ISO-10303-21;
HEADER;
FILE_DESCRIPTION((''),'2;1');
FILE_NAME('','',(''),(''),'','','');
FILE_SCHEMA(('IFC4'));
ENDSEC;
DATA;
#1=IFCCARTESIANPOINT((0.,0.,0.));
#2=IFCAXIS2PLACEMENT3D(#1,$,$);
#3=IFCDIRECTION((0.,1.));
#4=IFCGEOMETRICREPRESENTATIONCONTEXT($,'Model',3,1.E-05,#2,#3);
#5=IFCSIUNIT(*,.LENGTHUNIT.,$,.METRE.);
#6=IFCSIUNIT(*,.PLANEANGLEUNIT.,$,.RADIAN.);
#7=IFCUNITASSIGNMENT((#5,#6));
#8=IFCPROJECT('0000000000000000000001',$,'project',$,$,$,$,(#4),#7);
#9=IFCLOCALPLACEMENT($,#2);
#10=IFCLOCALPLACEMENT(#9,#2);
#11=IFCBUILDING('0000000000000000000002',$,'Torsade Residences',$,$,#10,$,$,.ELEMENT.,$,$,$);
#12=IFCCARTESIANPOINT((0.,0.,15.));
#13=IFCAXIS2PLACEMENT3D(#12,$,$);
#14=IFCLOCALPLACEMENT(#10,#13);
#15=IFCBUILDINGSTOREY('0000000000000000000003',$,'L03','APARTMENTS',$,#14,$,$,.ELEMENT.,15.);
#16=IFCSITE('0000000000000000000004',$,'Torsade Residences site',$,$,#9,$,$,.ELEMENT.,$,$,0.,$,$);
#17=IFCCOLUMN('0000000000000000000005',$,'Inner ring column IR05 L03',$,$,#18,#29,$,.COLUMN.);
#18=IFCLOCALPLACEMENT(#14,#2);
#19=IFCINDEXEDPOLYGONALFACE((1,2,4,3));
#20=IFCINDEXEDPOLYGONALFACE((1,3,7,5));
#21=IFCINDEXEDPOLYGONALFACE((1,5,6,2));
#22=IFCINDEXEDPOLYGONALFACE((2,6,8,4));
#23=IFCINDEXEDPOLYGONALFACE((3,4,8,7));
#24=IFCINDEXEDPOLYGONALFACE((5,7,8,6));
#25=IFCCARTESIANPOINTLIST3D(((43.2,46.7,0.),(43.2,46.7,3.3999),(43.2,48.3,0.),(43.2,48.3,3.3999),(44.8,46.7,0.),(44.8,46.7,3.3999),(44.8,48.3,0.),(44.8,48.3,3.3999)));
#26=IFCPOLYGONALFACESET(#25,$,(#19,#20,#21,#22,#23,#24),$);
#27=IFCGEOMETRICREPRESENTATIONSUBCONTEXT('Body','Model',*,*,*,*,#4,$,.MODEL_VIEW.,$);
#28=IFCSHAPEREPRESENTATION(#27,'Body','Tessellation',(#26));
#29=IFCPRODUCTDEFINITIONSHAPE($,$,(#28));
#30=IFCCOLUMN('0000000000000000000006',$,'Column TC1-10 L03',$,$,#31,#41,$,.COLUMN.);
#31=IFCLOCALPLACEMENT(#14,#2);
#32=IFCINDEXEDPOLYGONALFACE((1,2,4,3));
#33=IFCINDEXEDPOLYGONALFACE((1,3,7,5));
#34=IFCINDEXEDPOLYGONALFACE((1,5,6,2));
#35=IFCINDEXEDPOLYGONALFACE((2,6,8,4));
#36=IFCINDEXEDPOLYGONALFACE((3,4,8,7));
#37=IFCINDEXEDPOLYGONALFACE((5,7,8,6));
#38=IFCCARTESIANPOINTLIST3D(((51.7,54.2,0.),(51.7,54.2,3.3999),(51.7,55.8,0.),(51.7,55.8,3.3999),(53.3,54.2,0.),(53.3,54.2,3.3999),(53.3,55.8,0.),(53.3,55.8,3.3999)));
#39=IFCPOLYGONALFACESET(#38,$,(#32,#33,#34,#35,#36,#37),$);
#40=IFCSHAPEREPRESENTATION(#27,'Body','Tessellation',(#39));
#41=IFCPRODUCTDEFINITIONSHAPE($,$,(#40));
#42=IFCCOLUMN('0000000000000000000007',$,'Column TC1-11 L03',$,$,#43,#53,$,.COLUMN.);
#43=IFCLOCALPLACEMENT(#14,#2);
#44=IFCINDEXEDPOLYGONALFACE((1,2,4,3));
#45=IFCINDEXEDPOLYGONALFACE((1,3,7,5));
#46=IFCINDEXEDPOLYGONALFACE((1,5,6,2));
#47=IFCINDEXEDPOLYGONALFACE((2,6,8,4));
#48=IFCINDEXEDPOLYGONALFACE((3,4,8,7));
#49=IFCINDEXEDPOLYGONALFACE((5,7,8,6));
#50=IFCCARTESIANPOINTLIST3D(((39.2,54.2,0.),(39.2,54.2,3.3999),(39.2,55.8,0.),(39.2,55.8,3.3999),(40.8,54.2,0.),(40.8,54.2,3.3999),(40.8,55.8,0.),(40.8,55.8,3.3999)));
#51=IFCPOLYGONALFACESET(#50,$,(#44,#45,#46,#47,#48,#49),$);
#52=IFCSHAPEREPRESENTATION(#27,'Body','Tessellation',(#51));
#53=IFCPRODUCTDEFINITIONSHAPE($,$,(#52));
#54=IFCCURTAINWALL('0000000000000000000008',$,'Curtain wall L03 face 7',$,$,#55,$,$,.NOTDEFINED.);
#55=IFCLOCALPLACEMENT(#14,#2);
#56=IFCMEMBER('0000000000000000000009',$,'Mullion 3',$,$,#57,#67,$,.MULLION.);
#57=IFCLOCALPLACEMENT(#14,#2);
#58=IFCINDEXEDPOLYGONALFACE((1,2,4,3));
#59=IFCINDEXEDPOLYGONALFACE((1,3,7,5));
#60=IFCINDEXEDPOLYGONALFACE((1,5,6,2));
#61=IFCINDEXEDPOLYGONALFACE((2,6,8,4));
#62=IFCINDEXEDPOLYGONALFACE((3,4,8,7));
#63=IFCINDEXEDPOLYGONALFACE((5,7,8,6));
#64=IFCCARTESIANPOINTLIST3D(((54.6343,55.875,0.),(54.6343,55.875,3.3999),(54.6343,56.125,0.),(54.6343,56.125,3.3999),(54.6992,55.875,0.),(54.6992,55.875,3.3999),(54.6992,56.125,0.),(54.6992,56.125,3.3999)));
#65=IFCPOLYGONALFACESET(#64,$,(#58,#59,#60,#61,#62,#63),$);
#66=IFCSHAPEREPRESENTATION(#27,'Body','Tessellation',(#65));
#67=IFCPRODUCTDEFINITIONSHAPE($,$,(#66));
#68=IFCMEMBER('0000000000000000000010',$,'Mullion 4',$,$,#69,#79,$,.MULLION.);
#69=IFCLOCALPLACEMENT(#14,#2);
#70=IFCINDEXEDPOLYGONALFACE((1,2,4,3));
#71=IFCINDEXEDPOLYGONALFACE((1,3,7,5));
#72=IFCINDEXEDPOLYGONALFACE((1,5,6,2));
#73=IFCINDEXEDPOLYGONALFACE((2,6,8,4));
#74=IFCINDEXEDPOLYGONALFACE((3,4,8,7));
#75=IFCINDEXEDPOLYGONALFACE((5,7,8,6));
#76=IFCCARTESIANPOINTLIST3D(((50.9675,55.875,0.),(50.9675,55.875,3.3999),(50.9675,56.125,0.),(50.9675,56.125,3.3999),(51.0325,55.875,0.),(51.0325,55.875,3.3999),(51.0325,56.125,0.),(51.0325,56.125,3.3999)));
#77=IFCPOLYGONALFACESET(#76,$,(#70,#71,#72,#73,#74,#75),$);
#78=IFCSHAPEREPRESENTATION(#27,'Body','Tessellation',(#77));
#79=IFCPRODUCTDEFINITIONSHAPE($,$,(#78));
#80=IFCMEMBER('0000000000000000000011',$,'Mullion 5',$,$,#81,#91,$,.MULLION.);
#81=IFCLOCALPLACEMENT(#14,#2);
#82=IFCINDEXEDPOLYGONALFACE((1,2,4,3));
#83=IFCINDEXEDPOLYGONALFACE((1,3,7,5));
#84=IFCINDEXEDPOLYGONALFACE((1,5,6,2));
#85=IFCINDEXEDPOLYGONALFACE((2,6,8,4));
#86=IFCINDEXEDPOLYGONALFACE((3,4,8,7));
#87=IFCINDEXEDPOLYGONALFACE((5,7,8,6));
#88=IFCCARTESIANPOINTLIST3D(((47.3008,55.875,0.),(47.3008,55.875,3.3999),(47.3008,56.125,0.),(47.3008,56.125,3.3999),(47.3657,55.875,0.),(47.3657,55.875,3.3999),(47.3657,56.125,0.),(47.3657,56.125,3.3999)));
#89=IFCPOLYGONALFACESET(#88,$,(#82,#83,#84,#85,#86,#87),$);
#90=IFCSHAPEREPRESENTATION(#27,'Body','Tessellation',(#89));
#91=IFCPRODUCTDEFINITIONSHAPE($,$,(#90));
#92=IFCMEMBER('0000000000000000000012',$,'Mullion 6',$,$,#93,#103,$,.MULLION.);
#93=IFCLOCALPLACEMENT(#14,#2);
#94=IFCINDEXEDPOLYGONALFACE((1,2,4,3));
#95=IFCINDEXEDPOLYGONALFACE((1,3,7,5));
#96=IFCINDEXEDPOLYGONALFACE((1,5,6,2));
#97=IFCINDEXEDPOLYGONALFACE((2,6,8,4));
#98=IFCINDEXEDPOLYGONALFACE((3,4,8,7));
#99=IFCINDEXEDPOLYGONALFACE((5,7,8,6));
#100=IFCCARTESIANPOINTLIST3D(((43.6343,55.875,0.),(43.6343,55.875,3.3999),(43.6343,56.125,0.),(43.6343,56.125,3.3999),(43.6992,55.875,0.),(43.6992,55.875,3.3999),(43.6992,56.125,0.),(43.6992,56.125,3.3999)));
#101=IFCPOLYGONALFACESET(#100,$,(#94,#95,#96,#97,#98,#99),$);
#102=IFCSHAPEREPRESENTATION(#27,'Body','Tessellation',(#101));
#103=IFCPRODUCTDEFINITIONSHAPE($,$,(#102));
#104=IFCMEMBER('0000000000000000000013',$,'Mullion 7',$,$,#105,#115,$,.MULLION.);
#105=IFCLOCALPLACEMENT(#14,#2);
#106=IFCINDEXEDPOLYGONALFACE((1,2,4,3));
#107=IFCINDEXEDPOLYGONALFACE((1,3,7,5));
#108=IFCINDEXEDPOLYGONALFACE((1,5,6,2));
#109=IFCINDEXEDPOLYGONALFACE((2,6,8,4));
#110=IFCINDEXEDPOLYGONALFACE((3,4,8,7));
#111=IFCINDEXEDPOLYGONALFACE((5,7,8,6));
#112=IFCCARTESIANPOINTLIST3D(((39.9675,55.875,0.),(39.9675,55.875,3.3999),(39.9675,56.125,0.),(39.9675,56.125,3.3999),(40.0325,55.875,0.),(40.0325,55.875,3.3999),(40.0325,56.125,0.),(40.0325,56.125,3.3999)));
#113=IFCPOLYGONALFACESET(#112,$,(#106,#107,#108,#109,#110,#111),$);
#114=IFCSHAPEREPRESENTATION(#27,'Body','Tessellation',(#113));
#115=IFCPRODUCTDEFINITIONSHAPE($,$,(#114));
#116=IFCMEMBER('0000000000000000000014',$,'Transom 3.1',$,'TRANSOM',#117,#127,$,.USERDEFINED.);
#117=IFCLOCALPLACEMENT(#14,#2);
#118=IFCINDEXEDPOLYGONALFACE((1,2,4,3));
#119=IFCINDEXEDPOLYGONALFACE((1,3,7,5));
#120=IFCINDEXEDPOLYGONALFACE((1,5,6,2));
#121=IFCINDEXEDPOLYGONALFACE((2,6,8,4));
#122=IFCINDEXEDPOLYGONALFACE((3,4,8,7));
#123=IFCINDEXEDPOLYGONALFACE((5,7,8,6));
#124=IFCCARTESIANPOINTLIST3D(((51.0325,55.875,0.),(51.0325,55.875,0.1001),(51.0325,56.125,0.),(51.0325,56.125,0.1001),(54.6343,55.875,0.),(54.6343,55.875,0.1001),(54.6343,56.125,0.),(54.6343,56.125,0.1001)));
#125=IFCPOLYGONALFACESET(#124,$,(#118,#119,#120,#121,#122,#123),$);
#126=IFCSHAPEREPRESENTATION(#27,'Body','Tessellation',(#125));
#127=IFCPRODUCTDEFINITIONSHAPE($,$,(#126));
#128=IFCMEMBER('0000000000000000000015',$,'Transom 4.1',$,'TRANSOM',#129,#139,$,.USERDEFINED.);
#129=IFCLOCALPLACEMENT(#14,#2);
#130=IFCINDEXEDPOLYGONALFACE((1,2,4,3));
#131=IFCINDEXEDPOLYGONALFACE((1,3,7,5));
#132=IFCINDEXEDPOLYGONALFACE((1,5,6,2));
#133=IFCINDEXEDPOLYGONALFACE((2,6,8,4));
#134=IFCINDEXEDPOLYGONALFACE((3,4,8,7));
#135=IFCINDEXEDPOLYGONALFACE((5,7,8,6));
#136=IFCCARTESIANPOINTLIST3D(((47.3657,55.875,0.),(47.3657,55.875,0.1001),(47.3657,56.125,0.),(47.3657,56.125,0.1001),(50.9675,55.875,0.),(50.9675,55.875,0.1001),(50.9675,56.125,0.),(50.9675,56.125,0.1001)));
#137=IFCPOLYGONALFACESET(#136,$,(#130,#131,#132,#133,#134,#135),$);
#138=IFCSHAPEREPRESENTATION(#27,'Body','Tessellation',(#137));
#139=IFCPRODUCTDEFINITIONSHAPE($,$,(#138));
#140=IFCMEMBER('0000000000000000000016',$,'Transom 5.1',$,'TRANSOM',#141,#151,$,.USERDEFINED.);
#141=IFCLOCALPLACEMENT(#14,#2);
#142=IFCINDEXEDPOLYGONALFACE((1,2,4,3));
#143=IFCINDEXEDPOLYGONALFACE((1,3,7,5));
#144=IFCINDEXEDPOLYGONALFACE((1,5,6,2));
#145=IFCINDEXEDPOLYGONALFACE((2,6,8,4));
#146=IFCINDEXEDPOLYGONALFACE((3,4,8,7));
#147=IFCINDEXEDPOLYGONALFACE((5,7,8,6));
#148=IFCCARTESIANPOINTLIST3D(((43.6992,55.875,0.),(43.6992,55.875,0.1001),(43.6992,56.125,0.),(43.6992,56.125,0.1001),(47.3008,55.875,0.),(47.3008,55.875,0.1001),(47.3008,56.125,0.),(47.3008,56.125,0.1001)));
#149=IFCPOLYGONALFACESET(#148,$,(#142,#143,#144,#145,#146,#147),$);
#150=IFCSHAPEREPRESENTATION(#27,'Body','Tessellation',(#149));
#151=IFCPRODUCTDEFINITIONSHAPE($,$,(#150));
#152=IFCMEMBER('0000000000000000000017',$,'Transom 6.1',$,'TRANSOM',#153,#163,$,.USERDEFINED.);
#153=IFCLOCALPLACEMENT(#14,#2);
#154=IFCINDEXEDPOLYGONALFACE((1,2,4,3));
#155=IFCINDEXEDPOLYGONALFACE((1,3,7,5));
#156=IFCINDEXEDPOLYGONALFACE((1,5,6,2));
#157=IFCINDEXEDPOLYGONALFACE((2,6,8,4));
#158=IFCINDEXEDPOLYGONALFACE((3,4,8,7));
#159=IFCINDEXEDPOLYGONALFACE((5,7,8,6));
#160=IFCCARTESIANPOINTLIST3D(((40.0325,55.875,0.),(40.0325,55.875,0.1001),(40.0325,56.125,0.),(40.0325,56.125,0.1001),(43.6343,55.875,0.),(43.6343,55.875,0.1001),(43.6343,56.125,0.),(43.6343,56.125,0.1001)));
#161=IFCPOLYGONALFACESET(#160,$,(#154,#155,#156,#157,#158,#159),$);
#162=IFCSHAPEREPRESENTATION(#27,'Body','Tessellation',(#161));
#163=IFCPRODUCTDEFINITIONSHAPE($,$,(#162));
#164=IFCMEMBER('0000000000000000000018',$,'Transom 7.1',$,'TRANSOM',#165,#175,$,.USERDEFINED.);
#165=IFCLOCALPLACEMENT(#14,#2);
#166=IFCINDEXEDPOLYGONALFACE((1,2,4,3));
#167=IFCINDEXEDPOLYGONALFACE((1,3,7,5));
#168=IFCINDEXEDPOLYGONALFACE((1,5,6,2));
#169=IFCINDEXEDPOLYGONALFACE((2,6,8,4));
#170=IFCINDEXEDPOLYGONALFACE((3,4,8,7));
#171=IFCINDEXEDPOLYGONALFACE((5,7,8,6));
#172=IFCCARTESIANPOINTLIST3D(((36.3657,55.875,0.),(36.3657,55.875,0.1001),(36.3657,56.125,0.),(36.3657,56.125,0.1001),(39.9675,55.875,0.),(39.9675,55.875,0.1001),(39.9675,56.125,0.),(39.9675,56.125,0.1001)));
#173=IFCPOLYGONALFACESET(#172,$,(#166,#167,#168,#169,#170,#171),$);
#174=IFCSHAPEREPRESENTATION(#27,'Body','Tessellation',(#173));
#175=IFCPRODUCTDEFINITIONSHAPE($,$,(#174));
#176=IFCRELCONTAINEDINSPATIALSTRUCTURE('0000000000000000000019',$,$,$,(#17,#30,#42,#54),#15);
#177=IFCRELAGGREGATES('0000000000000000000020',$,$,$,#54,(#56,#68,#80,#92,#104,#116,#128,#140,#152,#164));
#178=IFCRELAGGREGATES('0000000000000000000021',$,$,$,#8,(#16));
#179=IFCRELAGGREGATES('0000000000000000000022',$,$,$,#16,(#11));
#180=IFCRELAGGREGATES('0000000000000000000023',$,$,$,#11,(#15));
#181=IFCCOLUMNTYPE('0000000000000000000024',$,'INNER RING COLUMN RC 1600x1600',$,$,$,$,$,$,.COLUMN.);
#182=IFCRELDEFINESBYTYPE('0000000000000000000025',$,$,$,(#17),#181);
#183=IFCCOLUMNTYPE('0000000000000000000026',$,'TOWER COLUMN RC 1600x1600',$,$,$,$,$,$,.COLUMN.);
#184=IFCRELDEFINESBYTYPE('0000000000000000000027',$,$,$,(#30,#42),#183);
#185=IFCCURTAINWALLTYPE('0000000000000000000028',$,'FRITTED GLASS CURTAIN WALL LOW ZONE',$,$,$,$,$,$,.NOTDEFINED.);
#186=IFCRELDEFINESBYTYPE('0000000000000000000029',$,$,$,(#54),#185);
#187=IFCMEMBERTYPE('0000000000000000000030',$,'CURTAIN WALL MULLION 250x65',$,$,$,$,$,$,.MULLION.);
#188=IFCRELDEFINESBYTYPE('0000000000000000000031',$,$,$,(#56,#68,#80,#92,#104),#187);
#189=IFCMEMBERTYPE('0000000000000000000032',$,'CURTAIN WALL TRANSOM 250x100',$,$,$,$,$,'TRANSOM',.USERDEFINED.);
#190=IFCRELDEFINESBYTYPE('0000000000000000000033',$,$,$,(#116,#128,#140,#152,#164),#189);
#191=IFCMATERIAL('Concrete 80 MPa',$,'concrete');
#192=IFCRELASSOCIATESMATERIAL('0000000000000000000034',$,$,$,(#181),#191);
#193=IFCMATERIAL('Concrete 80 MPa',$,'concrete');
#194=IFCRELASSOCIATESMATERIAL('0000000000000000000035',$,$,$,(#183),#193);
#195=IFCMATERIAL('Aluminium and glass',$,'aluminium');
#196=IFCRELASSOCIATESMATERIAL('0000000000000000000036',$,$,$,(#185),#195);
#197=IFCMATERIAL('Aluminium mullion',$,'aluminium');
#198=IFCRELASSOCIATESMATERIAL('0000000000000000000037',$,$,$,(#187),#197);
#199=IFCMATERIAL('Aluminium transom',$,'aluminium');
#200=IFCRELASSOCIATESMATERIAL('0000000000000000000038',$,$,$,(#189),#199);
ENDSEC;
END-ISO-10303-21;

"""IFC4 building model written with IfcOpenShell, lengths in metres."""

from ifc_helpers import new_model, si_unit, direction, frame, origin, origin_2d, place, context, subcontext, project, spatial, rectangle, extrude, material, material_profile, profile_set, type_object, element, aggregate, save


model = new_model("IFC4")

# Units and contexts
model_context = context("Model", 3, precision=1e-05, world=origin(), true_north=direction((0.0, 1.0)))
body_context = subcontext(model_context, "Body", "Model", "MODEL_VIEW")
ifc_project = project(units=[si_unit("LENGTHUNIT", "METRE"), si_unit("PLANEANGLEUNIT", "RADIAN")], contexts=[model_context])

# Site, building, storey
site_placement = place(None, origin())
site = spatial("IfcSite", under=ifc_project, at=site_placement, Name="Torsade Residences site", CompositionType="ELEMENT", RefElevation=0.0)
building_placement = place(site_placement, origin())
building = spatial("IfcBuilding", under=site, at=building_placement, Name="Torsade Residences", CompositionType="ELEMENT")
storey_placement = place(building_placement, frame((0.0, 0.0, 15.0)))
storey = spatial("IfcBuildingStorey", under=building, at=storey_placement, Name="L03", Description="APARTMENTS", CompositionType="ELEMENT", Elevation=15.0)

# Columns
ifc_material_1 = material(Name="Concrete 80 MPa", Category="concrete")
ifc_material_profile_1 = material_profile(ifc_material_1, rectangle(XDim=1.6001, YDim=1.6001, at=origin_2d()), Name="RC 1600x1600")
ifc_profile_set_1 = profile_set([ifc_material_profile_1], Name="Concrete 80 MPa")
column_type_1 = type_object("IfcColumnType", Name="INNER RING COLUMN RC 1600x1600", PredefinedType="COLUMN", material=ifc_profile_set_1)
column_placement = place(storey_placement, frame((44.0, 47.5, 0.0), z_axis=(0.0, 0.0, 1.0), x_axis=(1.0, 0.0, 0.0)))
element("IfcColumn", 1, at=column_placement, inside=storey, type_object=column_type_1, Name="Inner ring column IR05 L03", PredefinedType="COLUMN", context=body_context, shape_type="SweptSolid", body=[
    extrude(rectangle(XDim=1.6001, YDim=1.6001, at=origin_2d()), origin(), (0.0, 0.0, 1.0), 3.3999),
])
ifc_material_2 = material(Name="Concrete 80 MPa", Category="concrete")
ifc_material_profile_2 = material_profile(ifc_material_2, rectangle(XDim=1.6001, YDim=1.6001, at=origin_2d()), Name="RC 1600x1600")
ifc_profile_set_2 = profile_set([ifc_material_profile_2], Name="Concrete 80 MPa")
column_type_2 = type_object("IfcColumnType", Name="TOWER COLUMN RC 1600x1600", PredefinedType="COLUMN", material=ifc_profile_set_2)
for number, where, z_axis, x_axis, name in (
    (2, (52.5, 55.0, 0.0), (0.0, 0.0, 1.0), (1.0, 0.0, 0.0), "Column TC1-10 L03"),
    (3, (40.0, 55.0, 0.0), (0.0, 0.0, 1.0), (1.0, 0.0, 0.0), "Column TC1-11 L03"),
):
    element("IfcColumn", number, at=place(storey_placement, frame(where, z_axis=z_axis, x_axis=x_axis)), inside=storey, type_object=column_type_2, Name=name, PredefinedType="COLUMN", context=body_context, shape_type="SweptSolid", body=[
        extrude(rectangle(XDim=1.6001, YDim=1.6001, at=origin_2d()), origin(), (0.0, 0.0, 1.0), 3.3999),
    ])

# Curtain wall, members
ifc_material_3 = material(Name="Aluminium and glass", Category="aluminium")
curtain_wall_type = type_object("IfcCurtainWallType", Name="FRITTED GLASS CURTAIN WALL LOW ZONE", PredefinedType="NOTDEFINED", material=ifc_material_3)
curtain_wall_placement = place(storey_placement, origin())
curtain_wall = element("IfcCurtainWall", 4, at=curtain_wall_placement, inside=storey, type_object=curtain_wall_type, Name="Curtain wall L03 face 7", PredefinedType="NOTDEFINED")
ifc_material_4 = material(Name="Aluminium mullion", Category="aluminium")
ifc_material_profile_3 = material_profile(ifc_material_4, rectangle(XDim=0.25, YDim=0.0649, at=origin_2d()), Name="CURTAIN WALL MULLION 250x65")
ifc_profile_set_3 = profile_set([ifc_material_profile_3], Name="Aluminium mullion")
member_type_1 = type_object("IfcMemberType", Name="CURTAIN WALL MULLION 250x65", PredefinedType="MULLION", material=ifc_profile_set_3)
member_1_placement = place(storey_placement, frame((54.6667, 56.0, 0.0), z_axis=(0.0, 0.0, 1.0), x_axis=(0.0, -1.0, 0.0)))
member_1 = element("IfcMember", 5, at=member_1_placement, type_object=member_type_1, Name="Mullion 3", PredefinedType="MULLION", context=body_context, shape_type="SweptSolid", body=[
    extrude(rectangle(XDim=0.25, YDim=0.0649, at=origin_2d()), origin(), (0.0, 0.0, 1.0), 3.3999),
])
member_2_placement = place(storey_placement, frame((51.0, 56.0, 0.0), z_axis=(0.0, 0.0, 1.0), x_axis=(0.0, -1.0, 0.0)))
member_2 = element("IfcMember", 6, at=member_2_placement, type_object=member_type_1, Name="Mullion 4", PredefinedType="MULLION", context=body_context, shape_type="SweptSolid", body=[
    extrude(rectangle(XDim=0.25, YDim=0.0649, at=origin_2d()), origin(), (0.0, 0.0, 1.0), 3.3999),
])
member_3_placement = place(storey_placement, frame((47.3333, 56.0, 0.0), z_axis=(0.0, 0.0, 1.0), x_axis=(0.0, -1.0, 0.0)))
member_3 = element("IfcMember", 7, at=member_3_placement, type_object=member_type_1, Name="Mullion 5", PredefinedType="MULLION", context=body_context, shape_type="SweptSolid", body=[
    extrude(rectangle(XDim=0.25, YDim=0.0649, at=origin_2d()), origin(), (0.0, 0.0, 1.0), 3.3999),
])
member_4_placement = place(storey_placement, frame((43.6667, 56.0, 0.0), z_axis=(0.0, 0.0, 1.0), x_axis=(0.0, -1.0, 0.0)))
member_4 = element("IfcMember", 8, at=member_4_placement, type_object=member_type_1, Name="Mullion 6", PredefinedType="MULLION", context=body_context, shape_type="SweptSolid", body=[
    extrude(rectangle(XDim=0.25, YDim=0.0649, at=origin_2d()), origin(), (0.0, 0.0, 1.0), 3.3999),
])
member_5_placement = place(storey_placement, frame((40.0, 56.0, 0.0), z_axis=(0.0, 0.0, 1.0), x_axis=(0.0, -1.0, 0.0)))
member_5 = element("IfcMember", 9, at=member_5_placement, type_object=member_type_1, Name="Mullion 7", PredefinedType="MULLION", context=body_context, shape_type="SweptSolid", body=[
    extrude(rectangle(XDim=0.25, YDim=0.0649, at=origin_2d()), origin(), (0.0, 0.0, 1.0), 3.3999),
])
ifc_material_5 = material(Name="Aluminium transom", Category="aluminium")
ifc_material_profile_4 = material_profile(ifc_material_5, rectangle(XDim=0.25, YDim=0.1001, at=origin_2d()), Name="CURTAIN WALL TRANSOM 250x100")
ifc_profile_set_4 = profile_set([ifc_material_profile_4], Name="Aluminium transom")
member_type_2 = type_object("IfcMemberType", Name="CURTAIN WALL TRANSOM 250x100", ElementType="TRANSOM", PredefinedType="USERDEFINED", material=ifc_profile_set_4)
member_6_placement = place(storey_placement, frame((54.6343, 56.0, 0.05), z_axis=(-1.0, 0.0, 0.0), x_axis=(0.0, -1.0, 0.0)))
member_6 = element("IfcMember", 10, at=member_6_placement, type_object=member_type_2, Name="Transom 3.1", ObjectType="TRANSOM", PredefinedType="USERDEFINED", context=body_context, shape_type="SweptSolid", body=[
    extrude(rectangle(XDim=0.25, YDim=0.1001, at=origin_2d()), origin(), (0.0, 0.0, 1.0), 3.6018),
])
member_7_placement = place(storey_placement, frame((50.9675, 56.0, 0.05), z_axis=(-1.0, 0.0, 0.0), x_axis=(0.0, -1.0, 0.0)))
member_7 = element("IfcMember", 11, at=member_7_placement, type_object=member_type_2, Name="Transom 4.1", ObjectType="TRANSOM", PredefinedType="USERDEFINED", context=body_context, shape_type="SweptSolid", body=[
    extrude(rectangle(XDim=0.25, YDim=0.1001, at=origin_2d()), origin(), (0.0, 0.0, 1.0), 3.6018),
])
member_8_placement = place(storey_placement, frame((47.3008, 56.0, 0.05), z_axis=(-1.0, 0.0, 0.0), x_axis=(0.0, -1.0, 0.0)))
member_8 = element("IfcMember", 12, at=member_8_placement, type_object=member_type_2, Name="Transom 5.1", ObjectType="TRANSOM", PredefinedType="USERDEFINED", context=body_context, shape_type="SweptSolid", body=[
    extrude(rectangle(XDim=0.25, YDim=0.1001, at=origin_2d()), origin(), (0.0, 0.0, 1.0), 3.6016),
])
member_9_placement = place(storey_placement, frame((43.6343, 56.0, 0.05), z_axis=(-1.0, 0.0, 0.0), x_axis=(0.0, -1.0, 0.0)))
member_9 = element("IfcMember", 13, at=member_9_placement, type_object=member_type_2, Name="Transom 6.1", ObjectType="TRANSOM", PredefinedType="USERDEFINED", context=body_context, shape_type="SweptSolid", body=[
    extrude(rectangle(XDim=0.25, YDim=0.1001, at=origin_2d()), origin(), (0.0, 0.0, 1.0), 3.6018),
])
member_10_placement = place(storey_placement, frame((39.9675, 56.0, 0.05), z_axis=(-1.0, 0.0, 0.0), x_axis=(0.0, -1.0, 0.0)))
member_10 = element("IfcMember", 14, at=member_10_placement, type_object=member_type_2, Name="Transom 7.1", ObjectType="TRANSOM", PredefinedType="USERDEFINED", context=body_context, shape_type="SweptSolid", body=[
    extrude(rectangle(XDim=0.25, YDim=0.1001, at=origin_2d()), origin(), (0.0, 0.0, 1.0), 3.6018),
])

aggregate(curtain_wall, [member_1, member_2, member_3, member_4, member_5, member_6, member_7, member_8, member_9, member_10])

save(model, "model.ifc")
